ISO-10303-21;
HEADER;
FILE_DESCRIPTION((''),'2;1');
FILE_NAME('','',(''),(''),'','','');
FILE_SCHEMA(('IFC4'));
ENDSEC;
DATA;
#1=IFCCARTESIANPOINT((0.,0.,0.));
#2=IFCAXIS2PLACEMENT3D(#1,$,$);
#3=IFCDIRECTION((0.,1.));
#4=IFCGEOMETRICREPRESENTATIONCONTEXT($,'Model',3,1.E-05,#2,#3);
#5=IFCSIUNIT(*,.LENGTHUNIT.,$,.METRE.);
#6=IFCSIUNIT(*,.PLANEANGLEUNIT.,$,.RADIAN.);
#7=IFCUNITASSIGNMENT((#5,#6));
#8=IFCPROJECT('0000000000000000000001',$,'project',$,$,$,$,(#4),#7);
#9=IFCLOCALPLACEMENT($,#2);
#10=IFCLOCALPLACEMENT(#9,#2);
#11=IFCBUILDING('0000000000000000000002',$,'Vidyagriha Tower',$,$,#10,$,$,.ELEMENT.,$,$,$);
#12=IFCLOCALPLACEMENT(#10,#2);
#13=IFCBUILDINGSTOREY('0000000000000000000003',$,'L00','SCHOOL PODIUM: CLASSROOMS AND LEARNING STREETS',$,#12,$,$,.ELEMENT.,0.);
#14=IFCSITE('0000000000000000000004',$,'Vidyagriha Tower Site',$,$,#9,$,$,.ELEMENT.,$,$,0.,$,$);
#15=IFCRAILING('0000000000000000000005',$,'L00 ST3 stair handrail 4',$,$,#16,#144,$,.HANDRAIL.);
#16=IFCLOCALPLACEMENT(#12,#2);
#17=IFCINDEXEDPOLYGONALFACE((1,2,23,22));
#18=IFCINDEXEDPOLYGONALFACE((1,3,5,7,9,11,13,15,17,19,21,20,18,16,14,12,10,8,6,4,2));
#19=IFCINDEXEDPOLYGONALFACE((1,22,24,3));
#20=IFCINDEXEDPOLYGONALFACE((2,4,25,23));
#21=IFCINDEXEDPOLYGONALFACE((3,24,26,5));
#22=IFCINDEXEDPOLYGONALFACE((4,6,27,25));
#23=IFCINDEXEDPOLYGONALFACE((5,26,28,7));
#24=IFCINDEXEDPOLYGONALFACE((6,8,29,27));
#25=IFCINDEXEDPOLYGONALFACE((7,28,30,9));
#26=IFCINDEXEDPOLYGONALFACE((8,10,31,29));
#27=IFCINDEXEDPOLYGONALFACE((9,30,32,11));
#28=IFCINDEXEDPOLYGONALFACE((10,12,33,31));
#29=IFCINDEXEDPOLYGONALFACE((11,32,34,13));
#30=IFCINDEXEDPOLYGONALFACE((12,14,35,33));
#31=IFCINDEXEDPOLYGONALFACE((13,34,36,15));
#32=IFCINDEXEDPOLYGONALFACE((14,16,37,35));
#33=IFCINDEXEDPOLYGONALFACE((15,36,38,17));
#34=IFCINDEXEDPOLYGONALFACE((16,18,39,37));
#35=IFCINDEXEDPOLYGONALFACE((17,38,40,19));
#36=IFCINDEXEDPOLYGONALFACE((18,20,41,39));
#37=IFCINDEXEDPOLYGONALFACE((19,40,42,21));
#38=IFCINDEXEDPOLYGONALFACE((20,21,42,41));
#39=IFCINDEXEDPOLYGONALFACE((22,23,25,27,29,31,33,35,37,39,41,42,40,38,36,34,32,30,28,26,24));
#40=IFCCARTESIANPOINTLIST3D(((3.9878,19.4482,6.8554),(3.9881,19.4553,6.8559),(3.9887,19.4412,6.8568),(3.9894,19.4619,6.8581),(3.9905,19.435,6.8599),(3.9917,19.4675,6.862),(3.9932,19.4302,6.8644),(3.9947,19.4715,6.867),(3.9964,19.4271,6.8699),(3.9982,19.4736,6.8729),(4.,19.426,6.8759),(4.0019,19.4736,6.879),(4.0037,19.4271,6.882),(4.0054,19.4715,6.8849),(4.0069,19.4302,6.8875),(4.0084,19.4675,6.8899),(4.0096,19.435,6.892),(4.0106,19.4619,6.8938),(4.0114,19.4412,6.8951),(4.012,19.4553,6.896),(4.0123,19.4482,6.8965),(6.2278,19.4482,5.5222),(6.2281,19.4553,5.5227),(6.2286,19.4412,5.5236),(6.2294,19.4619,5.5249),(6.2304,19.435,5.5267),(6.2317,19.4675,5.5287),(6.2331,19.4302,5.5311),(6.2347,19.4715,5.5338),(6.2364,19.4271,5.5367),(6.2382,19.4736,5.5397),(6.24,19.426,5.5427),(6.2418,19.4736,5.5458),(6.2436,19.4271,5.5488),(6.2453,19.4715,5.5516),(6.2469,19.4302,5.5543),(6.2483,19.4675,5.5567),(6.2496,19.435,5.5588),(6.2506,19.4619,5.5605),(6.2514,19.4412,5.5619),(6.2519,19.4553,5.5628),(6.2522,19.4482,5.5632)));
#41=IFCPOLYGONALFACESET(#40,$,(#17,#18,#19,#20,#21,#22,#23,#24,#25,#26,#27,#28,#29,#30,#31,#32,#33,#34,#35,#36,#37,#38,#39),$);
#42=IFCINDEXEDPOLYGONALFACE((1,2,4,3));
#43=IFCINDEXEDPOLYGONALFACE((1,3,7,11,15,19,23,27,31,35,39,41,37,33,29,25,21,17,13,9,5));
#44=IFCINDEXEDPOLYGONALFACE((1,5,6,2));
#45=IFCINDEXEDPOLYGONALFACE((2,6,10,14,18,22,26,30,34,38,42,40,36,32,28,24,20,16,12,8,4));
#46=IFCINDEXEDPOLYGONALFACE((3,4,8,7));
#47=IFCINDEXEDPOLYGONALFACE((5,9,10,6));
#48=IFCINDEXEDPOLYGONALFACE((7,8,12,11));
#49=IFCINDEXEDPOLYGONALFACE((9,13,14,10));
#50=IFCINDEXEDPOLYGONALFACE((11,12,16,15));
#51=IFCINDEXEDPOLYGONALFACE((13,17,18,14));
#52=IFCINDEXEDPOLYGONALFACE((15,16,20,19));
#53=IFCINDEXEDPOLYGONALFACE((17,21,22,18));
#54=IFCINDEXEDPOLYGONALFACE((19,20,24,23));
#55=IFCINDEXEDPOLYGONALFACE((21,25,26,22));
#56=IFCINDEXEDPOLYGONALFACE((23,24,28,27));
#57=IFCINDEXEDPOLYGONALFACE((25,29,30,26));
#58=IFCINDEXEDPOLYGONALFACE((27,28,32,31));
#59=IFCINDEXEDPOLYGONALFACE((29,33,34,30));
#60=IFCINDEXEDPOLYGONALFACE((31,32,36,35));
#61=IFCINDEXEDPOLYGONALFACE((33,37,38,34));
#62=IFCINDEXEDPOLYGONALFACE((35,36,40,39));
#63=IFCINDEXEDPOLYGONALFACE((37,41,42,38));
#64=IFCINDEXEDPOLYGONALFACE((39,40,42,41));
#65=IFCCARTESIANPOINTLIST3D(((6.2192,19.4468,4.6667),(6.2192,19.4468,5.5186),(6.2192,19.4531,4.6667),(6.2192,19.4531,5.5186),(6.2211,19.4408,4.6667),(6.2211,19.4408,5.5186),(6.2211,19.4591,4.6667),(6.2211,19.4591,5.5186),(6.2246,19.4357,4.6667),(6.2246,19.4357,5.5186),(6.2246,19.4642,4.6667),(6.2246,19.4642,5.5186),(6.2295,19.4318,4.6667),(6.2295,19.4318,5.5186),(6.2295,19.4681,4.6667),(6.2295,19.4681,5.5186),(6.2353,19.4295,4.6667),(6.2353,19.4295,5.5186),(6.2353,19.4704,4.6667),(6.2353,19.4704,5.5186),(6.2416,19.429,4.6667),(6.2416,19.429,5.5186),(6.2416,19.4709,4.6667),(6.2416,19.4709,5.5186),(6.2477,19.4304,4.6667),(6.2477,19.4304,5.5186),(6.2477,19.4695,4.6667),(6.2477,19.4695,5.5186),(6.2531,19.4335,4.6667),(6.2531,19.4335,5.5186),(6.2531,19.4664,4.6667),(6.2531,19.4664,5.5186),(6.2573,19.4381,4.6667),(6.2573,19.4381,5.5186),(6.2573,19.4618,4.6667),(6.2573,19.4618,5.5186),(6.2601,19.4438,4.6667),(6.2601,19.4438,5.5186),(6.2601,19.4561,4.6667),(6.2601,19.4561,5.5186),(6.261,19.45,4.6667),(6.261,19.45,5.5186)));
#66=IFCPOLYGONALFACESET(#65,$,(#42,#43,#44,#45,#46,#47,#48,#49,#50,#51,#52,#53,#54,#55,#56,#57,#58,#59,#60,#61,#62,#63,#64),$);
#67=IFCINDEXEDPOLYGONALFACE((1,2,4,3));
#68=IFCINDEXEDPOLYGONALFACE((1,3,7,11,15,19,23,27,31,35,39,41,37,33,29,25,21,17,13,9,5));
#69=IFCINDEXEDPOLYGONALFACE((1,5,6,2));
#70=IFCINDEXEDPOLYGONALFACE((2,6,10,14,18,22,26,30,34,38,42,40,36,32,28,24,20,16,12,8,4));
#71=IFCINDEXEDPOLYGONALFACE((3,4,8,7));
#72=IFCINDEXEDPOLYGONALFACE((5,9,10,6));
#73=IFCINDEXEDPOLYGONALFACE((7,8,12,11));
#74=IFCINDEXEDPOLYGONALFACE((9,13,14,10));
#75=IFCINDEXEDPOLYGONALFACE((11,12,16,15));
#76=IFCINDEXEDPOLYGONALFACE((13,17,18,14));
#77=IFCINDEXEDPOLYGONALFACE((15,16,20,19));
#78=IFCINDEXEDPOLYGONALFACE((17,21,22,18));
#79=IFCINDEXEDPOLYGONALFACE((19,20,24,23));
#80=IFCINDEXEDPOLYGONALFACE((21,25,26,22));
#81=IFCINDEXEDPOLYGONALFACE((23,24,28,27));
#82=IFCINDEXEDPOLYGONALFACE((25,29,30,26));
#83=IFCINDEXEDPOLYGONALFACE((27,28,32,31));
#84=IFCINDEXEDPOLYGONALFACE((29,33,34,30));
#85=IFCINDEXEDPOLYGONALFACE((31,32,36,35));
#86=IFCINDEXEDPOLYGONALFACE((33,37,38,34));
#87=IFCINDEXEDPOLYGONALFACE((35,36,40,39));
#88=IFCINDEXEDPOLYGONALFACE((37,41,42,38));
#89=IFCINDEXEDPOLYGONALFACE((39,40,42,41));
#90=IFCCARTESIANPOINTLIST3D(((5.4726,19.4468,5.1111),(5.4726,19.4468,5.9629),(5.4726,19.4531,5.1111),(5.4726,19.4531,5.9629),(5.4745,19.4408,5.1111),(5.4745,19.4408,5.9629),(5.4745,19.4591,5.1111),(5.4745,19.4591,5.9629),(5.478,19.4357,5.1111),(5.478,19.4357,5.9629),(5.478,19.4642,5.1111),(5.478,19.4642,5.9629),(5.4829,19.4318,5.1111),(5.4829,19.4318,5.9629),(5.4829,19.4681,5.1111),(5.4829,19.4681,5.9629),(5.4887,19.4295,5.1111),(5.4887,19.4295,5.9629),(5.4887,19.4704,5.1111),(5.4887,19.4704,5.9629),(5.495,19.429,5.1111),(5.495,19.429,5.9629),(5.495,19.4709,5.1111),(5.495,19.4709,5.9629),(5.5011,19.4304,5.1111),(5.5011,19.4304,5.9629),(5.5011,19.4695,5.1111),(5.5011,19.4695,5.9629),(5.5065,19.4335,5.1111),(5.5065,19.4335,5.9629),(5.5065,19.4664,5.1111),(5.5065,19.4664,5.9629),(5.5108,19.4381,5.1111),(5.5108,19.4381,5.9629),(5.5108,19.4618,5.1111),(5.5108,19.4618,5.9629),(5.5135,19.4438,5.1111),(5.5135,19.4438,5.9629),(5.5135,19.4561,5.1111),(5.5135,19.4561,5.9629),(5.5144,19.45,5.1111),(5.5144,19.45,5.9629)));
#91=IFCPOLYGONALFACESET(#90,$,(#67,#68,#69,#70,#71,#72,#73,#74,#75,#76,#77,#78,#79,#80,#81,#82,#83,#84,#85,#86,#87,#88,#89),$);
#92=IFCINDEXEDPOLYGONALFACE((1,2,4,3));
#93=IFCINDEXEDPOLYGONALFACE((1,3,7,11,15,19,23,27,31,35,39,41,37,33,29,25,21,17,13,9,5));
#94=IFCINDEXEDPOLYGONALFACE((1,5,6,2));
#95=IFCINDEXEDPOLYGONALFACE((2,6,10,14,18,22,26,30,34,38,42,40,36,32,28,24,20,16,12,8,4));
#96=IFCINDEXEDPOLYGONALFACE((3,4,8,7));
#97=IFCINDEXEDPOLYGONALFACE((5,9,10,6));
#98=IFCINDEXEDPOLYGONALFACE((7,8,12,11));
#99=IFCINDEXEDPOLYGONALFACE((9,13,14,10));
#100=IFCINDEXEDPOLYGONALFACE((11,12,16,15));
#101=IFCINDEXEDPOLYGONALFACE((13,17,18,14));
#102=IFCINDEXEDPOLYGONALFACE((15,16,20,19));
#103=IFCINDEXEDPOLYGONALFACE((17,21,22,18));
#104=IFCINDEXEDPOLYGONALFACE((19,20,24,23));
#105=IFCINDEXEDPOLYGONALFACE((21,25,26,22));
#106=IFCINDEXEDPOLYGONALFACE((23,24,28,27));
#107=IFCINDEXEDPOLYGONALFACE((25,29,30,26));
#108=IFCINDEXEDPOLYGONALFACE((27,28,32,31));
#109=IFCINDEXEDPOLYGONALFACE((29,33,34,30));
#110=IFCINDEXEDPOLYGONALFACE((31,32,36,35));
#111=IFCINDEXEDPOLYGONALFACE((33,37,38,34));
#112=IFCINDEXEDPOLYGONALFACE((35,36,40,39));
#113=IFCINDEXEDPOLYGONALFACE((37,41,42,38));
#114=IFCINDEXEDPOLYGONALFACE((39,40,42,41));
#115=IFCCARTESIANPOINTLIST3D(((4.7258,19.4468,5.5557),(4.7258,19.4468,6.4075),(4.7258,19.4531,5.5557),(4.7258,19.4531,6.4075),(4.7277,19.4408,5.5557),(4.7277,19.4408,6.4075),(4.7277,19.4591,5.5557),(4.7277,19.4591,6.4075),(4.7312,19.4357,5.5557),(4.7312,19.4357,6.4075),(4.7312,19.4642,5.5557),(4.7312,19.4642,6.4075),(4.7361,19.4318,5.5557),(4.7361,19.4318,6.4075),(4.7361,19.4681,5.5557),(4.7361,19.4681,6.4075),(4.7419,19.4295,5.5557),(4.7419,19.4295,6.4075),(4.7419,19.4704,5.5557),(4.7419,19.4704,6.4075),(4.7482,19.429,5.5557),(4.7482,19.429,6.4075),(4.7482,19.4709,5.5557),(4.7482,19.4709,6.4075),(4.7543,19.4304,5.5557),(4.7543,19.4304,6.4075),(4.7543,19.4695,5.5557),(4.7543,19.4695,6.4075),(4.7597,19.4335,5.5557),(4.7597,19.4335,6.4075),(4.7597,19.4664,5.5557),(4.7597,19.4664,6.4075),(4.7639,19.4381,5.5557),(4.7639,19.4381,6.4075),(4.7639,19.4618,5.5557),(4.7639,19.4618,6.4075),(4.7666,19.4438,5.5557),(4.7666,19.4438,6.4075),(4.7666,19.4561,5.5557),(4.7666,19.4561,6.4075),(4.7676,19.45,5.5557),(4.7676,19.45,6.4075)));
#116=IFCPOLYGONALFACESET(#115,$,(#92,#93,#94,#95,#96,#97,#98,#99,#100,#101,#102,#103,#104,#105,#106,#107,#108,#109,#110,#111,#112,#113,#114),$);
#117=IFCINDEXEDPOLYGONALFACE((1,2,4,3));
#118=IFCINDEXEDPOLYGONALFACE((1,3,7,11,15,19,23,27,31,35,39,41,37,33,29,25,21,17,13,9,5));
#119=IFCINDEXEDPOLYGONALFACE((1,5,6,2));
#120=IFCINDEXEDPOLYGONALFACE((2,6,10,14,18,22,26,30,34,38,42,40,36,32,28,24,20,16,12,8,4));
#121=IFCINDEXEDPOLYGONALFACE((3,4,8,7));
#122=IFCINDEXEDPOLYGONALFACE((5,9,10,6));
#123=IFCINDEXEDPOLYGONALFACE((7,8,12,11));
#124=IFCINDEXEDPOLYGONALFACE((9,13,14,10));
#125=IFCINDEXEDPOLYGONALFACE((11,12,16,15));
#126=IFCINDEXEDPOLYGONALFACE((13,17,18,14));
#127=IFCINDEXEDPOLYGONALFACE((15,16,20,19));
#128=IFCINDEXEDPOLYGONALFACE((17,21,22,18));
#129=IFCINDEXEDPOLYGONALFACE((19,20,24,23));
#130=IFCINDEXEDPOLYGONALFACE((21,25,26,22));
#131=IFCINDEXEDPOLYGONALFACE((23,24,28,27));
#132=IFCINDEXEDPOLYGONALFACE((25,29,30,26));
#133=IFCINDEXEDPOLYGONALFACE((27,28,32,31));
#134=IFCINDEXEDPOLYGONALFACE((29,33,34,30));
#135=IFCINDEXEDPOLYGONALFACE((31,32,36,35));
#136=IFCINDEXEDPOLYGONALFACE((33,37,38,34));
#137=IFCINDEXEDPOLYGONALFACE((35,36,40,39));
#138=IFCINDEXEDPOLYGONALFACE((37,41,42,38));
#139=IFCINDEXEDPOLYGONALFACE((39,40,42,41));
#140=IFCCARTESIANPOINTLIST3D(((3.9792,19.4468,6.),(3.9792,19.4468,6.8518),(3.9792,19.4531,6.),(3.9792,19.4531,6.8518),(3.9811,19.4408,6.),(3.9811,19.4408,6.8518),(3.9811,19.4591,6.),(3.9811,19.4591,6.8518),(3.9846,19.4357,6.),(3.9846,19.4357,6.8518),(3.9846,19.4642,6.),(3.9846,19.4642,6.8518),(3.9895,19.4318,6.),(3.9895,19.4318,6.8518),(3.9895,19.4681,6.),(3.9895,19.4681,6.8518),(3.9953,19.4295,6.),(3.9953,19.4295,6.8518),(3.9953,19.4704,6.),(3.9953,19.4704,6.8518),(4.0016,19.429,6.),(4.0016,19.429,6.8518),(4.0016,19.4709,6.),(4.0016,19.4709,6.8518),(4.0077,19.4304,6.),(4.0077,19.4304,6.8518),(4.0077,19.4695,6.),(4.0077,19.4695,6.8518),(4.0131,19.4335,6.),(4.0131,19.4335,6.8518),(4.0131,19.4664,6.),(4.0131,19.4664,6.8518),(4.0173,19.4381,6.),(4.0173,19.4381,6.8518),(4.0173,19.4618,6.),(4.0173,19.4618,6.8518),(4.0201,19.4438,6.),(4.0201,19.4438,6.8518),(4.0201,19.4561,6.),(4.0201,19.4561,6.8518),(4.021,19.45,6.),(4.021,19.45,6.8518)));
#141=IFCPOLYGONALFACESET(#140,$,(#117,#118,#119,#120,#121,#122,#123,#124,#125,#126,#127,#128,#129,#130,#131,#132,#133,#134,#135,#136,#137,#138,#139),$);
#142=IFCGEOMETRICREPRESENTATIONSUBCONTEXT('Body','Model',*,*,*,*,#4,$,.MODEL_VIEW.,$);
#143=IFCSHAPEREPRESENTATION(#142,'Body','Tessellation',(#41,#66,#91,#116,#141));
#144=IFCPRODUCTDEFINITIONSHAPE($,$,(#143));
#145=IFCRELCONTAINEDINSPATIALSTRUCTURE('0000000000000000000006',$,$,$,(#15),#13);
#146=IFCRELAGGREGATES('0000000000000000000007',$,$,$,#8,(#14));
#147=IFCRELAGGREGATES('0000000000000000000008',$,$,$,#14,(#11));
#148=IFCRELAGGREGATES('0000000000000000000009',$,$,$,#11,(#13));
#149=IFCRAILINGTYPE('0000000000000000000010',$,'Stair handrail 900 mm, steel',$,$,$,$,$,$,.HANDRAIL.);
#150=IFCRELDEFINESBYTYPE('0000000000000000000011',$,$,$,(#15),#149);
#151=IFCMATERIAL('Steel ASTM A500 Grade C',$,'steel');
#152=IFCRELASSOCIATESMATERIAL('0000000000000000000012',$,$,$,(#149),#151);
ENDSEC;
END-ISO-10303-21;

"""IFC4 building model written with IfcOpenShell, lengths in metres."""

from ifc_helpers import new_model, si_unit, direction, frame, origin, origin_2d, place, context, subcontext, project, spatial, circle, extrude, material, type_object, element, save


model = new_model("IFC4")

# Units and contexts
model_context = context("Model", 3, precision=1e-05, world=origin(), true_north=direction((0.0, 1.0)))
body_context = subcontext(model_context, "Body", "Model", "MODEL_VIEW")
ifc_project = project(units=[si_unit("LENGTHUNIT", "METRE"), si_unit("PLANEANGLEUNIT", "RADIAN")], contexts=[model_context])

# Site, building, storey
site_placement = place(None, origin())
site = spatial("IfcSite", under=ifc_project, at=site_placement, Name="Vidyagriha Tower Site", CompositionType="ELEMENT", RefElevation=0.0)
building_placement = place(site_placement, origin())
building = spatial("IfcBuilding", under=site, at=building_placement, Name="Vidyagriha Tower", CompositionType="ELEMENT")
storey_placement = place(building_placement, origin())
storey = spatial("IfcBuildingStorey", under=building, at=storey_placement, Name="L00", Description="SCHOOL PODIUM: CLASSROOMS AND LEARNING STREETS", CompositionType="ELEMENT", Elevation=0.0)

# Railing
ifc_material_1 = material(Name="Steel ASTM A500 Grade C", Category="steel")
railing_type_1 = type_object("IfcRailingType", Name="Stair handrail 900 mm, steel", PredefinedType="HANDRAIL", material=ifc_material_1)
for number, where, name in (
    (1, (6.24, 19.45, 4.6667), "L00 ST3 stair handrail 4"),
):
    element("IfcRailing", number, at=place(storey_placement, frame(where)), inside=storey, type_object=railing_type_1, Name=name, PredefinedType="HANDRAIL", context=body_context, shape_type="SweptSolid", body=[
        extrude(circle(Radius=0.0239, at=origin_2d()), frame((0.0, 0.0, 0.876), z_axis=(-0.859306, 0.0, 0.511462), x_axis=(0.0, -1.0, 0.0)), (0.0, 0.0, 1.0), 2.6067),
        extrude(circle(Radius=0.021, at=origin_2d()), origin(), (0.0, 0.0, 1.0), 0.8518),
        extrude(circle(Radius=0.021, at=origin_2d()), frame((-0.7466, 0.0, 0.4443)), (0.0, 0.0, 1.0), 0.8518),
        extrude(circle(Radius=0.021, at=origin_2d()), frame((-1.4934, 0.0, 0.8889)), (0.0, 0.0, 1.0), 0.8518),
        extrude(circle(Radius=0.021, at=origin_2d()), frame((-2.24, 0.0, 1.3333)), (0.0, 0.0, 1.0), 0.8518),
    ])

save(model, "model.ifc")
